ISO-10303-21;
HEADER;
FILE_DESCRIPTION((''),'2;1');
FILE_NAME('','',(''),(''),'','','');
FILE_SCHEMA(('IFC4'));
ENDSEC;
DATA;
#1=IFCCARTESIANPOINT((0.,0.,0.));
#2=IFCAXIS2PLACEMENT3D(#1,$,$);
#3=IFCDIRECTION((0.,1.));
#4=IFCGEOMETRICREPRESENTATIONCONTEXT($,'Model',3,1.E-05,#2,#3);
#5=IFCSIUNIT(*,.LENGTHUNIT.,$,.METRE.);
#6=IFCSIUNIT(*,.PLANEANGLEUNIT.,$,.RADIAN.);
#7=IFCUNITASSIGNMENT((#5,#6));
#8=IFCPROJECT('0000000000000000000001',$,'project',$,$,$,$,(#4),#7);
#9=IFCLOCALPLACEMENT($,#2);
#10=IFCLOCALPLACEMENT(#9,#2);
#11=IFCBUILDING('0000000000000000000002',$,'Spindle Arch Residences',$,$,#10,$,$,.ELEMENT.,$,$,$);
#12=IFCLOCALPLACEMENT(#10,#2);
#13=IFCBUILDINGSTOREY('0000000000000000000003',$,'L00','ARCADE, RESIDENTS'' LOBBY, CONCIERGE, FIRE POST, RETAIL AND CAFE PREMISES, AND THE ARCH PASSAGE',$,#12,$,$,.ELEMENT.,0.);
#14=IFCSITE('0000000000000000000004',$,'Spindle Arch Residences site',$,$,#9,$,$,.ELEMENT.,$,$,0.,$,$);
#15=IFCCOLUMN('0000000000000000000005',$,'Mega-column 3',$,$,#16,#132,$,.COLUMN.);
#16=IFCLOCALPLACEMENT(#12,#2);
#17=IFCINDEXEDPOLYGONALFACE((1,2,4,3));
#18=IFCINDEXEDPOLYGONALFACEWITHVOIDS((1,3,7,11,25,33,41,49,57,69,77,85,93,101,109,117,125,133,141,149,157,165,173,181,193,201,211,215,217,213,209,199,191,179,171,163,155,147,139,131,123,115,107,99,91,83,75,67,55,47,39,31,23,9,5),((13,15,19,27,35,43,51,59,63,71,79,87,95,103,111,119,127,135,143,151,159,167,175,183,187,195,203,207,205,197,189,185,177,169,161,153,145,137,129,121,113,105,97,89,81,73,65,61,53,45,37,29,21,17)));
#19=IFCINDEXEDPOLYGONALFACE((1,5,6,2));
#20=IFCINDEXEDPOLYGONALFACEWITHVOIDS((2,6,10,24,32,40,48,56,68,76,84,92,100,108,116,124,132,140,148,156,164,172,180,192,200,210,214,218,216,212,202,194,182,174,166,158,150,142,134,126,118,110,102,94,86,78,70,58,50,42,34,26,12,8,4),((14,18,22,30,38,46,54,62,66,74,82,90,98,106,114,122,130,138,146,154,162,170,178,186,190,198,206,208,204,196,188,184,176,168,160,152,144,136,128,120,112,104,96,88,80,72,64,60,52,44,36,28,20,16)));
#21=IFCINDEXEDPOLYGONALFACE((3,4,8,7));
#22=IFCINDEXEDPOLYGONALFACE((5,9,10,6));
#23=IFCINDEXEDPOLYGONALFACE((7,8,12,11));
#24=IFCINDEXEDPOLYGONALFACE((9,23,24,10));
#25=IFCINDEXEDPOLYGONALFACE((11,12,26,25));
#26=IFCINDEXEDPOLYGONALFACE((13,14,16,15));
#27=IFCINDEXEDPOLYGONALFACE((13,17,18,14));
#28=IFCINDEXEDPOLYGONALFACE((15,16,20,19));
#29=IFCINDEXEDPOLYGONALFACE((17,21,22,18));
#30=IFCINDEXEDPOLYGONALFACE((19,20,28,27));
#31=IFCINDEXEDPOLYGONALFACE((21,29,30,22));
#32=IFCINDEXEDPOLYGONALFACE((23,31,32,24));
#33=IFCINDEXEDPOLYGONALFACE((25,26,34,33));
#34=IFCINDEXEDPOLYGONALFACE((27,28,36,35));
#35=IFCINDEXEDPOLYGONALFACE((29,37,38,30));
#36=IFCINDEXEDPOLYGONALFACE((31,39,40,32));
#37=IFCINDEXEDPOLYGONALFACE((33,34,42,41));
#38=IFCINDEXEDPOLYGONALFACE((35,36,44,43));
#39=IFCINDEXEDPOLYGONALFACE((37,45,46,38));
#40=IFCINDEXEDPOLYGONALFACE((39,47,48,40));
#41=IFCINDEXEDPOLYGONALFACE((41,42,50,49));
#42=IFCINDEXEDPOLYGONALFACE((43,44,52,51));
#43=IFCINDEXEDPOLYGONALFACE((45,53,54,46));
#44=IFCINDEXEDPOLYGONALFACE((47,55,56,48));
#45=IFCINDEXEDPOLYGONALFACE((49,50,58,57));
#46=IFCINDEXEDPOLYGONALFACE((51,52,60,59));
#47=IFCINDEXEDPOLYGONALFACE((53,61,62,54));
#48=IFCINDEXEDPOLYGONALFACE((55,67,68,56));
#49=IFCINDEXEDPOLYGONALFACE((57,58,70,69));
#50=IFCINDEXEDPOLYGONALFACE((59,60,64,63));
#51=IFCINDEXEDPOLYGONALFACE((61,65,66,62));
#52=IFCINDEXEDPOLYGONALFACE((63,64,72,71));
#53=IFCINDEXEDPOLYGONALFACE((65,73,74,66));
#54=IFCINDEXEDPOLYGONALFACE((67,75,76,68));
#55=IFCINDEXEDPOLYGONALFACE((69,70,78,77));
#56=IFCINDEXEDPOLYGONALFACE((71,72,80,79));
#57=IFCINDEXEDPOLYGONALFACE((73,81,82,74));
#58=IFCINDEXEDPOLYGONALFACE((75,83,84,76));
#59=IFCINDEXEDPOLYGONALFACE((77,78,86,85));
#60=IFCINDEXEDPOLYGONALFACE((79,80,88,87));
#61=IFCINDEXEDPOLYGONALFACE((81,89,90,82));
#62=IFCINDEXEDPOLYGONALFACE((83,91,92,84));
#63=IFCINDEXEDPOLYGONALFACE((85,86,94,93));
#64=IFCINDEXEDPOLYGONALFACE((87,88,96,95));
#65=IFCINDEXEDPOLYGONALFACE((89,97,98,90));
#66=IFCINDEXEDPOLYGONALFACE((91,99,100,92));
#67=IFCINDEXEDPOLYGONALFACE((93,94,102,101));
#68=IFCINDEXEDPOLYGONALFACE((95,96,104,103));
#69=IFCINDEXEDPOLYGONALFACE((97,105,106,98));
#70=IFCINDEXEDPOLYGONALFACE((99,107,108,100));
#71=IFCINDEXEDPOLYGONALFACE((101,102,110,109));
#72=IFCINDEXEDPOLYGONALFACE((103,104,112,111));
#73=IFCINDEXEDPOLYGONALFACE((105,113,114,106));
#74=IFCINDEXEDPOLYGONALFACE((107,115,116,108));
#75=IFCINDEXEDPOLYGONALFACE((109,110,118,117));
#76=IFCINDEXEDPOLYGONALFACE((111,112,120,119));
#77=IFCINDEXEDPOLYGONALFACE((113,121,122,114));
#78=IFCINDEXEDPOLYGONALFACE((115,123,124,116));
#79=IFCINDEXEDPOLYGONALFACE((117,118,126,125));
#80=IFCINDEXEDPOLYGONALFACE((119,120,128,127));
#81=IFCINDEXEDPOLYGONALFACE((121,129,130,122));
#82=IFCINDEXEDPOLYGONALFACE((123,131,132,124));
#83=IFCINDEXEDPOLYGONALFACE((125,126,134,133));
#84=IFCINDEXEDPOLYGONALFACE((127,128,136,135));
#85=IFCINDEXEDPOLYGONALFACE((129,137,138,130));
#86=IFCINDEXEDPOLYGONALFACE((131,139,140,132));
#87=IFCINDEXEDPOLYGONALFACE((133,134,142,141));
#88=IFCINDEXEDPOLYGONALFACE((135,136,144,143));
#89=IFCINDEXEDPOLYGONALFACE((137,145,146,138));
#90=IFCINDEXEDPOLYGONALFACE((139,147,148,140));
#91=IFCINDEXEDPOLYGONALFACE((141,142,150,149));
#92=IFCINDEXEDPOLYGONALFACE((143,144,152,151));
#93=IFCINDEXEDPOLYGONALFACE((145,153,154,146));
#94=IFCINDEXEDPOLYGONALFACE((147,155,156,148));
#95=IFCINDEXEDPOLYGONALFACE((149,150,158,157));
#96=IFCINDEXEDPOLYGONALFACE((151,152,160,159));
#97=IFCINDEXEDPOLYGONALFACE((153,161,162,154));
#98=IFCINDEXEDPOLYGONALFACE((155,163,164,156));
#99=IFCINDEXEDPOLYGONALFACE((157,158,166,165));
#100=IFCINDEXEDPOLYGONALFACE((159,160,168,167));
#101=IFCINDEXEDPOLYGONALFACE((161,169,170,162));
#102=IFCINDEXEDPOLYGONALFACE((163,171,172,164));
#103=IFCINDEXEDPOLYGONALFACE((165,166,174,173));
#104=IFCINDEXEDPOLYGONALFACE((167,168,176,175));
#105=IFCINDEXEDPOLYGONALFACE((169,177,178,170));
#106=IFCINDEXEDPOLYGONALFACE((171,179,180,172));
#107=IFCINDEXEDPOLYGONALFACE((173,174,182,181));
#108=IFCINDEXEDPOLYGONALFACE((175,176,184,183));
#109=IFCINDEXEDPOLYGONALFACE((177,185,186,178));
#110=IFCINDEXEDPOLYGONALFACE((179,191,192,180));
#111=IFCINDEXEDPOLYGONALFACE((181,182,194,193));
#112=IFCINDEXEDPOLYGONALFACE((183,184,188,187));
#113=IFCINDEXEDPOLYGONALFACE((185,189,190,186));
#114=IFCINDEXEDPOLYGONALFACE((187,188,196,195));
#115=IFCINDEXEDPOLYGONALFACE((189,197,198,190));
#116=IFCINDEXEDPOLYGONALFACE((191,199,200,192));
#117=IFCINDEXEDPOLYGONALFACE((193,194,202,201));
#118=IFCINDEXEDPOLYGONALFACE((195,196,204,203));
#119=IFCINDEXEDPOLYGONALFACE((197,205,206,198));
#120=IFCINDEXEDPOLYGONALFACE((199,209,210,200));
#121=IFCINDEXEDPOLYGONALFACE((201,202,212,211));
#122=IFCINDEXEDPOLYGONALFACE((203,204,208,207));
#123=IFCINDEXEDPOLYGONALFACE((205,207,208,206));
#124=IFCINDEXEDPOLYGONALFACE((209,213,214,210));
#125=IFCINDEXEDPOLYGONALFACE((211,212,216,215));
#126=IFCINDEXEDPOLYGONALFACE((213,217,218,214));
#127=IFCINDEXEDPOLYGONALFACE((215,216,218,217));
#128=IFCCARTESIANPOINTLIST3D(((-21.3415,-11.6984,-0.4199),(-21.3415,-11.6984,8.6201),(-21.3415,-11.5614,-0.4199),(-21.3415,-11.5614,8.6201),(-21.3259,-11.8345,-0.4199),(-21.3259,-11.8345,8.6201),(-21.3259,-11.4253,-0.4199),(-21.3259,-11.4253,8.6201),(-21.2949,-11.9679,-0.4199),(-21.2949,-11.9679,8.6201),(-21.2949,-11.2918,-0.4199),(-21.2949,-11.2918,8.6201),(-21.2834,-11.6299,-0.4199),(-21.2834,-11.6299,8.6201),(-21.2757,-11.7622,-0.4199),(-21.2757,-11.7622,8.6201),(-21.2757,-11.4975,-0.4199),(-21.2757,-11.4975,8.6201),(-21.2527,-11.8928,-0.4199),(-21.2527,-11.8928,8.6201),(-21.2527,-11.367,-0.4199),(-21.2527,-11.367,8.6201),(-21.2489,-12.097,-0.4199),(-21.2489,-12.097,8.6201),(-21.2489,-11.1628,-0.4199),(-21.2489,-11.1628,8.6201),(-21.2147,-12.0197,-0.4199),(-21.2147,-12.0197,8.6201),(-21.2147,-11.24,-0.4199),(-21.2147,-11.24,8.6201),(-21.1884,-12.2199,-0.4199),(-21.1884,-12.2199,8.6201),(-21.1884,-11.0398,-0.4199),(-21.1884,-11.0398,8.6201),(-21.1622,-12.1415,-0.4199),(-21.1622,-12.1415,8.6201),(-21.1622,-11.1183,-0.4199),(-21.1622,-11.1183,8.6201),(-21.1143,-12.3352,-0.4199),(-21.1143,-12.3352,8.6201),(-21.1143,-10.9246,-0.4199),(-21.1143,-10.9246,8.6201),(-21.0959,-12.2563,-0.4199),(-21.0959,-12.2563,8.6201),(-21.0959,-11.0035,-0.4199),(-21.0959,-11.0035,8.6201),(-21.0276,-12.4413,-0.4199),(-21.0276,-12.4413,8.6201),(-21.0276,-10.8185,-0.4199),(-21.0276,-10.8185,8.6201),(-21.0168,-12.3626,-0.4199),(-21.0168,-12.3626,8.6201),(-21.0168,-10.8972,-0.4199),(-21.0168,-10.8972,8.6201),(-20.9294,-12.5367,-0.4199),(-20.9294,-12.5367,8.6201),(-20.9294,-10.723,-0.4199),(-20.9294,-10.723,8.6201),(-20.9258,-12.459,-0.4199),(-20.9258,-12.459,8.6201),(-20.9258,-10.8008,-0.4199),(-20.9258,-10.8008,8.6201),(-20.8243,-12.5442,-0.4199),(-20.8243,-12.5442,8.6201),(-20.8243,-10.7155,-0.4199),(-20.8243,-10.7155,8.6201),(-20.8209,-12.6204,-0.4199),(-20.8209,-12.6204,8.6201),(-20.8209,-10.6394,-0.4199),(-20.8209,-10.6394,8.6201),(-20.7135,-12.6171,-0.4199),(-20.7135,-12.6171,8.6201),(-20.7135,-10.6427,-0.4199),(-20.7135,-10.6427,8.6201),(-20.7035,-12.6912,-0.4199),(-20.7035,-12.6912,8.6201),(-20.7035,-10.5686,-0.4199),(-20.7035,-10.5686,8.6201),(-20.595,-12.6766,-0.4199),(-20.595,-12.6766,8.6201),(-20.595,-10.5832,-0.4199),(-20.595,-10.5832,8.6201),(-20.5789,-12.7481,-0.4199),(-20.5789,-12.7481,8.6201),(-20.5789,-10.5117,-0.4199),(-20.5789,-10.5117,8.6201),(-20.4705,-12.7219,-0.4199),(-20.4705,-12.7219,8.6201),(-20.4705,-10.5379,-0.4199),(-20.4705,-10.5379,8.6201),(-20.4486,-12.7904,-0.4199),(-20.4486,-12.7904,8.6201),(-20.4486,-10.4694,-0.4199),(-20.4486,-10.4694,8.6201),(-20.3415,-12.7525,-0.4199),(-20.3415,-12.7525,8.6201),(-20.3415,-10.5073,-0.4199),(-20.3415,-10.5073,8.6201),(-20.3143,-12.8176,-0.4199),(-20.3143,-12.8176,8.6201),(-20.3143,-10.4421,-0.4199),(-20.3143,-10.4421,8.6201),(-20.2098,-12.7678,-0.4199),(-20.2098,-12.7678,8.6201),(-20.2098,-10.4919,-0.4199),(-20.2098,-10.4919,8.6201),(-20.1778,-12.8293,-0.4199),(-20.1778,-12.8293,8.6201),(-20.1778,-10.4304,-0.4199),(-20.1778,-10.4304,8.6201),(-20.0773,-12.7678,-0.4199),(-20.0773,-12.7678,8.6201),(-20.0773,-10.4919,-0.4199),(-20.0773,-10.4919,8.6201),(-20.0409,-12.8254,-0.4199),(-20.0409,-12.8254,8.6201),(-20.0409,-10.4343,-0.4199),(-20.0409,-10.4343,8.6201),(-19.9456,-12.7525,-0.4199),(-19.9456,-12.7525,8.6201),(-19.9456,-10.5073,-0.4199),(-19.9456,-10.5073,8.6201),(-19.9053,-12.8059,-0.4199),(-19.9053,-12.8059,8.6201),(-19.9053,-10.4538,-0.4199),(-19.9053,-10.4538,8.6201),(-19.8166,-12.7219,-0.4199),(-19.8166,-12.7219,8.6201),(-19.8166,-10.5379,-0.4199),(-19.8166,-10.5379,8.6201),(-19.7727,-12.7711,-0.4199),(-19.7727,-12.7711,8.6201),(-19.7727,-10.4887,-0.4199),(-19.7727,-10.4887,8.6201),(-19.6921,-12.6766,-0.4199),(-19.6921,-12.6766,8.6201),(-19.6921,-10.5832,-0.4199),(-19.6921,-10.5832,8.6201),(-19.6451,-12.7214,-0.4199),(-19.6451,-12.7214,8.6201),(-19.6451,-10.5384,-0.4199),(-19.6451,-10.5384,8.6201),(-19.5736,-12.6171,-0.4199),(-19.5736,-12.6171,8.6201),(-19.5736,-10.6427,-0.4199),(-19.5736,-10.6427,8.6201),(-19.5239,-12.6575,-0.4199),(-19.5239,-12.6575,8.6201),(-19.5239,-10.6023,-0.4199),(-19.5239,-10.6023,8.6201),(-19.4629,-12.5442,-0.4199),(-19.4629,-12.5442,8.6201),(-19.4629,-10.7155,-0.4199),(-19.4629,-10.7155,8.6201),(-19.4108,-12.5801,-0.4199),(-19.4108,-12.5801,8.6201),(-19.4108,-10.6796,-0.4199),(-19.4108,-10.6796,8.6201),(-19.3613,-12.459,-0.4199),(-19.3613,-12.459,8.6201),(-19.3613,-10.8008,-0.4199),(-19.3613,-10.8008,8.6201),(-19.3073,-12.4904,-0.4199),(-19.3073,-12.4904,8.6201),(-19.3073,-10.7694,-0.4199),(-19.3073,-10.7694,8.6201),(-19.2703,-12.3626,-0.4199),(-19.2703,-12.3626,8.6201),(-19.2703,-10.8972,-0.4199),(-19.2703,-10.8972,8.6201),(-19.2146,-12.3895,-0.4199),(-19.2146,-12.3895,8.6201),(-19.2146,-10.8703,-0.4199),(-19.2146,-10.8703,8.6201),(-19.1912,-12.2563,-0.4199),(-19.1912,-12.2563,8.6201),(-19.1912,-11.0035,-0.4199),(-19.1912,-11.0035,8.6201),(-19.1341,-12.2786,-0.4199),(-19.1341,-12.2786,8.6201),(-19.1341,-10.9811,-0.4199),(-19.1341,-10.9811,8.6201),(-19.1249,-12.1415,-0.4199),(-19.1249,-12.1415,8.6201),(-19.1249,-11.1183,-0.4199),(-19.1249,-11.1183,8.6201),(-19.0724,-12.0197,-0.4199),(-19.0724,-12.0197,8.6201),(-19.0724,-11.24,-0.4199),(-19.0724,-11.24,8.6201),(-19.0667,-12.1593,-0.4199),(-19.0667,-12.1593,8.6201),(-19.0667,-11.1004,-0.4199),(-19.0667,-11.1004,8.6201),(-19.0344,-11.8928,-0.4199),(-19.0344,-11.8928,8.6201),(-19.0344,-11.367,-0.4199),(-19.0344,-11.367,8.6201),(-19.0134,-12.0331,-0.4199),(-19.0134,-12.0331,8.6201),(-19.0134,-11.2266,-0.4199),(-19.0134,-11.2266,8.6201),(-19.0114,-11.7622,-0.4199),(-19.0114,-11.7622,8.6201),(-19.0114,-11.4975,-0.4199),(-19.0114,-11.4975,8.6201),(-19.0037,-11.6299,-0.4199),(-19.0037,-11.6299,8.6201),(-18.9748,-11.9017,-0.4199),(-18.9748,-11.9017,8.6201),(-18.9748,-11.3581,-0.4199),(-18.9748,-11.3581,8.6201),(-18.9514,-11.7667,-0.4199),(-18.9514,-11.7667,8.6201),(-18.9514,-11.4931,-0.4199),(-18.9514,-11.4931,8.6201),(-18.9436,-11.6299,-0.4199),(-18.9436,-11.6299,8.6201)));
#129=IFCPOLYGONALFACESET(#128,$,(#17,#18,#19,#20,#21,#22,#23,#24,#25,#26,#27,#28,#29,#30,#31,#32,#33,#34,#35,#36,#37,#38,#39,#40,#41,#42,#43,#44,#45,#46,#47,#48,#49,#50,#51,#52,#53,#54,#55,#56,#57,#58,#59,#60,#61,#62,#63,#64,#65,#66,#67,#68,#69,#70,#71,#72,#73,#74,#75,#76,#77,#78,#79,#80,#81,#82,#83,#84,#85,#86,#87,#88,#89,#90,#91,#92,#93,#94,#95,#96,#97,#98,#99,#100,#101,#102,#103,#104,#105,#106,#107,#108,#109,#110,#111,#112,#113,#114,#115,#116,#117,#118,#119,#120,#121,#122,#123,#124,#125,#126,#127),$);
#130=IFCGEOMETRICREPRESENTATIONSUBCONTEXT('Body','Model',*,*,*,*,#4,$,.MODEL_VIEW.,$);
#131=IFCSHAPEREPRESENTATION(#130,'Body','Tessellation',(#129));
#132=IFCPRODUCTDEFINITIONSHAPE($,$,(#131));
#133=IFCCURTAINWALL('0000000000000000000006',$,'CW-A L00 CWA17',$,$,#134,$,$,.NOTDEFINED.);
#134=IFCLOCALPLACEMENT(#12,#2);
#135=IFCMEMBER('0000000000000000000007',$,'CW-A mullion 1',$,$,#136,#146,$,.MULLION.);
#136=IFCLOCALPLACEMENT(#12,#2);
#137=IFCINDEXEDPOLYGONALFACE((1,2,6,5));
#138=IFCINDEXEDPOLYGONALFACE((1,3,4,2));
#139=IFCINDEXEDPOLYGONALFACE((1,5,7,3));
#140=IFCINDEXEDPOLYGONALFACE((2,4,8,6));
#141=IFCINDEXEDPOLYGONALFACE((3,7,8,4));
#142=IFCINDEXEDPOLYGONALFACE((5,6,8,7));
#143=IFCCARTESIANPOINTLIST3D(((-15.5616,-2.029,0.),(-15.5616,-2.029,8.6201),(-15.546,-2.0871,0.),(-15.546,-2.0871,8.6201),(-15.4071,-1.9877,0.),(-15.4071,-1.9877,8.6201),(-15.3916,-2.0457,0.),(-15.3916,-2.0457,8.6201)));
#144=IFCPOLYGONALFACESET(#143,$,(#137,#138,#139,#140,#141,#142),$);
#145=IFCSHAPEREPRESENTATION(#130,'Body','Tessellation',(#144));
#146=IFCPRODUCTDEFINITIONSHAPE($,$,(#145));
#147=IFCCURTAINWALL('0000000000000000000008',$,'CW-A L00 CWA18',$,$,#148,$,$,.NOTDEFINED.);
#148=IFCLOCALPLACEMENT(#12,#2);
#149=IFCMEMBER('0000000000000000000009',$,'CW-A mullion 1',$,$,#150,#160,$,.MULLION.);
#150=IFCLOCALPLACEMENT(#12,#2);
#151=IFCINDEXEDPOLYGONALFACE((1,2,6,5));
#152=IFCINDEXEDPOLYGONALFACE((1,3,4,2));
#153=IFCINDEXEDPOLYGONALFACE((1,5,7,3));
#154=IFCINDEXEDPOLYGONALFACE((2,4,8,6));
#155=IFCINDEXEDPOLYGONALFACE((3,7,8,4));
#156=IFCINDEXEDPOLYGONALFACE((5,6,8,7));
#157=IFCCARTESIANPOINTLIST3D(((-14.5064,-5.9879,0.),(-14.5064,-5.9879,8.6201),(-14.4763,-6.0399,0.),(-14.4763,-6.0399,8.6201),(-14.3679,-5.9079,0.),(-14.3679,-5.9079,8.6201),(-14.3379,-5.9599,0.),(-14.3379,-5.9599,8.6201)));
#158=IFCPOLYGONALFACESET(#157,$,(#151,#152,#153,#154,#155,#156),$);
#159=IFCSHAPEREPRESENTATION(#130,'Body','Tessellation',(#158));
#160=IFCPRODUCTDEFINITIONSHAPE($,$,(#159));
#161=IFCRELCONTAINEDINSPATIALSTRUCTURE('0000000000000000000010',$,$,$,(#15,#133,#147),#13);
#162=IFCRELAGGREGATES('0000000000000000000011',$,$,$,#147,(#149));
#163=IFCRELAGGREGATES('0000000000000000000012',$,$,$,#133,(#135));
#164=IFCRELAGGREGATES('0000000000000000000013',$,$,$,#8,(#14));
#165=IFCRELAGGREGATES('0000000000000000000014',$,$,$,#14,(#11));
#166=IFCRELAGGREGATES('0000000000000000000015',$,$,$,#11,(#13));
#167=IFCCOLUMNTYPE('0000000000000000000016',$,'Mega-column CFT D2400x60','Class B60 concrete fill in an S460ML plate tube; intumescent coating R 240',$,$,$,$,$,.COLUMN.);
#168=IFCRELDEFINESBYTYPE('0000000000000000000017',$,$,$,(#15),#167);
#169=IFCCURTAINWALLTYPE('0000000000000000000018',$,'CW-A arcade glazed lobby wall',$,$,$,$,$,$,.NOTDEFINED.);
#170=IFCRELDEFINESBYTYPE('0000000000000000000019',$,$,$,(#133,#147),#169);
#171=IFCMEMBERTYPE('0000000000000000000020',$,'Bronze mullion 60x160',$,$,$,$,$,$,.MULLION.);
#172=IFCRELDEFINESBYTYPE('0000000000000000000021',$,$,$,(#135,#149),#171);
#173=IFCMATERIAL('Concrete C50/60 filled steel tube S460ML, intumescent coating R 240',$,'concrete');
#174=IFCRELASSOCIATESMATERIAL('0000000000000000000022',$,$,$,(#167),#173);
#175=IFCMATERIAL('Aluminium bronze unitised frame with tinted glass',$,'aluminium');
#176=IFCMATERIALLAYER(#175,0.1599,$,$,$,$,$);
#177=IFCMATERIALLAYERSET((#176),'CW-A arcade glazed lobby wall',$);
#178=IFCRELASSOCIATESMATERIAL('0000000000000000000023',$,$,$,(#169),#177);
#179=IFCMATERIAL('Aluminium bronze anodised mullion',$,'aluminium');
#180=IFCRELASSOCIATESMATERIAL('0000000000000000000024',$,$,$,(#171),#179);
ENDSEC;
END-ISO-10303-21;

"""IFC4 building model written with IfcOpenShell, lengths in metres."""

from ifc_helpers import new_model, si_unit, direction, frame, origin, origin_2d, place, context, subcontext, project, spatial, rectangle, hollow_circle, extrude, material, layer, layer_set, material_profile, profile_set, type_object, element, aggregate, save


model = new_model("IFC4")

# Units and contexts
model_context = context("Model", 3, precision=1e-05, world=origin(), true_north=direction((0.0, 1.0)))
body_context = subcontext(model_context, "Body", "Model", "MODEL_VIEW")
ifc_project = project(units=[si_unit("LENGTHUNIT", "METRE"), si_unit("PLANEANGLEUNIT", "RADIAN")], contexts=[model_context])

# Site, building, storey
site_placement = place(None, origin())
site = spatial("IfcSite", under=ifc_project, at=site_placement, Name="Spindle Arch Residences site", CompositionType="ELEMENT", RefElevation=0.0)
building_placement = place(site_placement, origin())
building = spatial("IfcBuilding", under=site, at=building_placement, Name="Spindle Arch Residences", CompositionType="ELEMENT")
storey_placement = place(building_placement, origin())
storey = spatial("IfcBuildingStorey", under=building, at=storey_placement, Name="L00", Description="ARCADE, RESIDENTS' LOBBY, CONCIERGE, FIRE POST, RETAIL AND CAFE PREMISES, AND THE ARCH PASSAGE", CompositionType="ELEMENT", Elevation=0.0)

# Column
ifc_material_1 = material(Name="Concrete C50/60 filled steel tube S460ML, intumescent coating R 240", Category="concrete")
ifc_material_profile_1 = material_profile(ifc_material_1, hollow_circle(Radius=1.2, WallThickness=0.0601, at=origin_2d()), Name="CFT D2400x60")
ifc_profile_set_1 = profile_set([ifc_material_profile_1], Name="Concrete C50/60 filled steel tube S460ML, intumescent coating R 240")
column_type_1 = type_object("IfcColumnType", Name="Mega-column CFT D2400x60", Description="Class B60 concrete fill in an S460ML plate tube; intumescent coating R 240", PredefinedType="COLUMN", material=ifc_profile_set_1)
column_1_placement = place(storey_placement, frame((-20.1436, -11.6299, -0.4199), z_axis=(0.0, 0.0, 1.0), x_axis=(1.0, 0.0, 0.0)))
element("IfcColumn", 1, at=column_1_placement, inside=storey, type_object=column_type_1, Name="Mega-column 3", PredefinedType="COLUMN", context=body_context, shape_type="SweptSolid", body=[
    extrude(hollow_circle(Radius=1.2, WallThickness=0.0601, at=origin_2d()), origin(), (0.0, 0.0, 1.0), 9.04),
])

# Curtain walls, members
ifc_material_2 = material(Name="Aluminium bronze unitised frame with tinted glass", Category="aluminium")
ifc_layer_1 = layer(ifc_material_2, 0.1599)
ifc_layer_set_1 = layer_set([ifc_layer_1], Name="CW-A arcade glazed lobby wall")
curtain_wall_type = type_object("IfcCurtainWallType", Name="CW-A arcade glazed lobby wall", PredefinedType="NOTDEFINED", material=ifc_layer_set_1)
curtain_wall_1_placement = place(storey_placement, origin())
curtain_wall_1 = element("IfcCurtainWall", 2, at=curtain_wall_1_placement, inside=storey, type_object=curtain_wall_type, Name="CW-A L00 CWA17", PredefinedType="NOTDEFINED")
ifc_material_3 = material(Name="Aluminium bronze anodised mullion", Category="aluminium")
ifc_material_profile_2 = material_profile(ifc_material_3, rectangle(XDim=0.1599, YDim=0.0601, at=origin_2d()), Name="MU 60x160")
ifc_profile_set_2 = profile_set([ifc_material_profile_2], Name="Aluminium bronze anodised mullion")
member_type = type_object("IfcMemberType", Name="Bronze mullion 60x160", PredefinedType="MULLION", material=ifc_profile_set_2)
member_1_placement = place(storey_placement, frame((-15.4766, -2.0374, 0.0), z_axis=(0.0, 0.0, 1.0), x_axis=(0.965935, 0.258786, 0.0)))
member_1 = element("IfcMember", 3, at=member_1_placement, type_object=member_type, Name="CW-A mullion 1", PredefinedType="MULLION", context=body_context, shape_type="SweptSolid", body=[
    extrude(rectangle(XDim=0.1599, YDim=0.0601, at=origin_2d()), origin(), (0.0, 0.0, 1.0), 8.6201),
])
curtain_wall_2_placement = place(storey_placement, origin())
curtain_wall_2 = element("IfcCurtainWall", 4, at=curtain_wall_2_placement, inside=storey, type_object=curtain_wall_type, Name="CW-A L00 CWA18", PredefinedType="NOTDEFINED")
member_2_placement = place(storey_placement, frame((-14.4221, -5.9739, 0.0), z_axis=(0.0, 0.0, 1.0), x_axis=(0.866012, 0.500023, 0.0)))
member_2 = element("IfcMember", 5, at=member_2_placement, type_object=member_type, Name="CW-A mullion 1", PredefinedType="MULLION", context=body_context, shape_type="SweptSolid", body=[
    extrude(rectangle(XDim=0.1599, YDim=0.0601, at=origin_2d()), origin(), (0.0, 0.0, 1.0), 8.6201),
])
aggregate(curtain_wall_2, [member_2])

aggregate(curtain_wall_1, [member_1])

save(model, "model.ifc")
